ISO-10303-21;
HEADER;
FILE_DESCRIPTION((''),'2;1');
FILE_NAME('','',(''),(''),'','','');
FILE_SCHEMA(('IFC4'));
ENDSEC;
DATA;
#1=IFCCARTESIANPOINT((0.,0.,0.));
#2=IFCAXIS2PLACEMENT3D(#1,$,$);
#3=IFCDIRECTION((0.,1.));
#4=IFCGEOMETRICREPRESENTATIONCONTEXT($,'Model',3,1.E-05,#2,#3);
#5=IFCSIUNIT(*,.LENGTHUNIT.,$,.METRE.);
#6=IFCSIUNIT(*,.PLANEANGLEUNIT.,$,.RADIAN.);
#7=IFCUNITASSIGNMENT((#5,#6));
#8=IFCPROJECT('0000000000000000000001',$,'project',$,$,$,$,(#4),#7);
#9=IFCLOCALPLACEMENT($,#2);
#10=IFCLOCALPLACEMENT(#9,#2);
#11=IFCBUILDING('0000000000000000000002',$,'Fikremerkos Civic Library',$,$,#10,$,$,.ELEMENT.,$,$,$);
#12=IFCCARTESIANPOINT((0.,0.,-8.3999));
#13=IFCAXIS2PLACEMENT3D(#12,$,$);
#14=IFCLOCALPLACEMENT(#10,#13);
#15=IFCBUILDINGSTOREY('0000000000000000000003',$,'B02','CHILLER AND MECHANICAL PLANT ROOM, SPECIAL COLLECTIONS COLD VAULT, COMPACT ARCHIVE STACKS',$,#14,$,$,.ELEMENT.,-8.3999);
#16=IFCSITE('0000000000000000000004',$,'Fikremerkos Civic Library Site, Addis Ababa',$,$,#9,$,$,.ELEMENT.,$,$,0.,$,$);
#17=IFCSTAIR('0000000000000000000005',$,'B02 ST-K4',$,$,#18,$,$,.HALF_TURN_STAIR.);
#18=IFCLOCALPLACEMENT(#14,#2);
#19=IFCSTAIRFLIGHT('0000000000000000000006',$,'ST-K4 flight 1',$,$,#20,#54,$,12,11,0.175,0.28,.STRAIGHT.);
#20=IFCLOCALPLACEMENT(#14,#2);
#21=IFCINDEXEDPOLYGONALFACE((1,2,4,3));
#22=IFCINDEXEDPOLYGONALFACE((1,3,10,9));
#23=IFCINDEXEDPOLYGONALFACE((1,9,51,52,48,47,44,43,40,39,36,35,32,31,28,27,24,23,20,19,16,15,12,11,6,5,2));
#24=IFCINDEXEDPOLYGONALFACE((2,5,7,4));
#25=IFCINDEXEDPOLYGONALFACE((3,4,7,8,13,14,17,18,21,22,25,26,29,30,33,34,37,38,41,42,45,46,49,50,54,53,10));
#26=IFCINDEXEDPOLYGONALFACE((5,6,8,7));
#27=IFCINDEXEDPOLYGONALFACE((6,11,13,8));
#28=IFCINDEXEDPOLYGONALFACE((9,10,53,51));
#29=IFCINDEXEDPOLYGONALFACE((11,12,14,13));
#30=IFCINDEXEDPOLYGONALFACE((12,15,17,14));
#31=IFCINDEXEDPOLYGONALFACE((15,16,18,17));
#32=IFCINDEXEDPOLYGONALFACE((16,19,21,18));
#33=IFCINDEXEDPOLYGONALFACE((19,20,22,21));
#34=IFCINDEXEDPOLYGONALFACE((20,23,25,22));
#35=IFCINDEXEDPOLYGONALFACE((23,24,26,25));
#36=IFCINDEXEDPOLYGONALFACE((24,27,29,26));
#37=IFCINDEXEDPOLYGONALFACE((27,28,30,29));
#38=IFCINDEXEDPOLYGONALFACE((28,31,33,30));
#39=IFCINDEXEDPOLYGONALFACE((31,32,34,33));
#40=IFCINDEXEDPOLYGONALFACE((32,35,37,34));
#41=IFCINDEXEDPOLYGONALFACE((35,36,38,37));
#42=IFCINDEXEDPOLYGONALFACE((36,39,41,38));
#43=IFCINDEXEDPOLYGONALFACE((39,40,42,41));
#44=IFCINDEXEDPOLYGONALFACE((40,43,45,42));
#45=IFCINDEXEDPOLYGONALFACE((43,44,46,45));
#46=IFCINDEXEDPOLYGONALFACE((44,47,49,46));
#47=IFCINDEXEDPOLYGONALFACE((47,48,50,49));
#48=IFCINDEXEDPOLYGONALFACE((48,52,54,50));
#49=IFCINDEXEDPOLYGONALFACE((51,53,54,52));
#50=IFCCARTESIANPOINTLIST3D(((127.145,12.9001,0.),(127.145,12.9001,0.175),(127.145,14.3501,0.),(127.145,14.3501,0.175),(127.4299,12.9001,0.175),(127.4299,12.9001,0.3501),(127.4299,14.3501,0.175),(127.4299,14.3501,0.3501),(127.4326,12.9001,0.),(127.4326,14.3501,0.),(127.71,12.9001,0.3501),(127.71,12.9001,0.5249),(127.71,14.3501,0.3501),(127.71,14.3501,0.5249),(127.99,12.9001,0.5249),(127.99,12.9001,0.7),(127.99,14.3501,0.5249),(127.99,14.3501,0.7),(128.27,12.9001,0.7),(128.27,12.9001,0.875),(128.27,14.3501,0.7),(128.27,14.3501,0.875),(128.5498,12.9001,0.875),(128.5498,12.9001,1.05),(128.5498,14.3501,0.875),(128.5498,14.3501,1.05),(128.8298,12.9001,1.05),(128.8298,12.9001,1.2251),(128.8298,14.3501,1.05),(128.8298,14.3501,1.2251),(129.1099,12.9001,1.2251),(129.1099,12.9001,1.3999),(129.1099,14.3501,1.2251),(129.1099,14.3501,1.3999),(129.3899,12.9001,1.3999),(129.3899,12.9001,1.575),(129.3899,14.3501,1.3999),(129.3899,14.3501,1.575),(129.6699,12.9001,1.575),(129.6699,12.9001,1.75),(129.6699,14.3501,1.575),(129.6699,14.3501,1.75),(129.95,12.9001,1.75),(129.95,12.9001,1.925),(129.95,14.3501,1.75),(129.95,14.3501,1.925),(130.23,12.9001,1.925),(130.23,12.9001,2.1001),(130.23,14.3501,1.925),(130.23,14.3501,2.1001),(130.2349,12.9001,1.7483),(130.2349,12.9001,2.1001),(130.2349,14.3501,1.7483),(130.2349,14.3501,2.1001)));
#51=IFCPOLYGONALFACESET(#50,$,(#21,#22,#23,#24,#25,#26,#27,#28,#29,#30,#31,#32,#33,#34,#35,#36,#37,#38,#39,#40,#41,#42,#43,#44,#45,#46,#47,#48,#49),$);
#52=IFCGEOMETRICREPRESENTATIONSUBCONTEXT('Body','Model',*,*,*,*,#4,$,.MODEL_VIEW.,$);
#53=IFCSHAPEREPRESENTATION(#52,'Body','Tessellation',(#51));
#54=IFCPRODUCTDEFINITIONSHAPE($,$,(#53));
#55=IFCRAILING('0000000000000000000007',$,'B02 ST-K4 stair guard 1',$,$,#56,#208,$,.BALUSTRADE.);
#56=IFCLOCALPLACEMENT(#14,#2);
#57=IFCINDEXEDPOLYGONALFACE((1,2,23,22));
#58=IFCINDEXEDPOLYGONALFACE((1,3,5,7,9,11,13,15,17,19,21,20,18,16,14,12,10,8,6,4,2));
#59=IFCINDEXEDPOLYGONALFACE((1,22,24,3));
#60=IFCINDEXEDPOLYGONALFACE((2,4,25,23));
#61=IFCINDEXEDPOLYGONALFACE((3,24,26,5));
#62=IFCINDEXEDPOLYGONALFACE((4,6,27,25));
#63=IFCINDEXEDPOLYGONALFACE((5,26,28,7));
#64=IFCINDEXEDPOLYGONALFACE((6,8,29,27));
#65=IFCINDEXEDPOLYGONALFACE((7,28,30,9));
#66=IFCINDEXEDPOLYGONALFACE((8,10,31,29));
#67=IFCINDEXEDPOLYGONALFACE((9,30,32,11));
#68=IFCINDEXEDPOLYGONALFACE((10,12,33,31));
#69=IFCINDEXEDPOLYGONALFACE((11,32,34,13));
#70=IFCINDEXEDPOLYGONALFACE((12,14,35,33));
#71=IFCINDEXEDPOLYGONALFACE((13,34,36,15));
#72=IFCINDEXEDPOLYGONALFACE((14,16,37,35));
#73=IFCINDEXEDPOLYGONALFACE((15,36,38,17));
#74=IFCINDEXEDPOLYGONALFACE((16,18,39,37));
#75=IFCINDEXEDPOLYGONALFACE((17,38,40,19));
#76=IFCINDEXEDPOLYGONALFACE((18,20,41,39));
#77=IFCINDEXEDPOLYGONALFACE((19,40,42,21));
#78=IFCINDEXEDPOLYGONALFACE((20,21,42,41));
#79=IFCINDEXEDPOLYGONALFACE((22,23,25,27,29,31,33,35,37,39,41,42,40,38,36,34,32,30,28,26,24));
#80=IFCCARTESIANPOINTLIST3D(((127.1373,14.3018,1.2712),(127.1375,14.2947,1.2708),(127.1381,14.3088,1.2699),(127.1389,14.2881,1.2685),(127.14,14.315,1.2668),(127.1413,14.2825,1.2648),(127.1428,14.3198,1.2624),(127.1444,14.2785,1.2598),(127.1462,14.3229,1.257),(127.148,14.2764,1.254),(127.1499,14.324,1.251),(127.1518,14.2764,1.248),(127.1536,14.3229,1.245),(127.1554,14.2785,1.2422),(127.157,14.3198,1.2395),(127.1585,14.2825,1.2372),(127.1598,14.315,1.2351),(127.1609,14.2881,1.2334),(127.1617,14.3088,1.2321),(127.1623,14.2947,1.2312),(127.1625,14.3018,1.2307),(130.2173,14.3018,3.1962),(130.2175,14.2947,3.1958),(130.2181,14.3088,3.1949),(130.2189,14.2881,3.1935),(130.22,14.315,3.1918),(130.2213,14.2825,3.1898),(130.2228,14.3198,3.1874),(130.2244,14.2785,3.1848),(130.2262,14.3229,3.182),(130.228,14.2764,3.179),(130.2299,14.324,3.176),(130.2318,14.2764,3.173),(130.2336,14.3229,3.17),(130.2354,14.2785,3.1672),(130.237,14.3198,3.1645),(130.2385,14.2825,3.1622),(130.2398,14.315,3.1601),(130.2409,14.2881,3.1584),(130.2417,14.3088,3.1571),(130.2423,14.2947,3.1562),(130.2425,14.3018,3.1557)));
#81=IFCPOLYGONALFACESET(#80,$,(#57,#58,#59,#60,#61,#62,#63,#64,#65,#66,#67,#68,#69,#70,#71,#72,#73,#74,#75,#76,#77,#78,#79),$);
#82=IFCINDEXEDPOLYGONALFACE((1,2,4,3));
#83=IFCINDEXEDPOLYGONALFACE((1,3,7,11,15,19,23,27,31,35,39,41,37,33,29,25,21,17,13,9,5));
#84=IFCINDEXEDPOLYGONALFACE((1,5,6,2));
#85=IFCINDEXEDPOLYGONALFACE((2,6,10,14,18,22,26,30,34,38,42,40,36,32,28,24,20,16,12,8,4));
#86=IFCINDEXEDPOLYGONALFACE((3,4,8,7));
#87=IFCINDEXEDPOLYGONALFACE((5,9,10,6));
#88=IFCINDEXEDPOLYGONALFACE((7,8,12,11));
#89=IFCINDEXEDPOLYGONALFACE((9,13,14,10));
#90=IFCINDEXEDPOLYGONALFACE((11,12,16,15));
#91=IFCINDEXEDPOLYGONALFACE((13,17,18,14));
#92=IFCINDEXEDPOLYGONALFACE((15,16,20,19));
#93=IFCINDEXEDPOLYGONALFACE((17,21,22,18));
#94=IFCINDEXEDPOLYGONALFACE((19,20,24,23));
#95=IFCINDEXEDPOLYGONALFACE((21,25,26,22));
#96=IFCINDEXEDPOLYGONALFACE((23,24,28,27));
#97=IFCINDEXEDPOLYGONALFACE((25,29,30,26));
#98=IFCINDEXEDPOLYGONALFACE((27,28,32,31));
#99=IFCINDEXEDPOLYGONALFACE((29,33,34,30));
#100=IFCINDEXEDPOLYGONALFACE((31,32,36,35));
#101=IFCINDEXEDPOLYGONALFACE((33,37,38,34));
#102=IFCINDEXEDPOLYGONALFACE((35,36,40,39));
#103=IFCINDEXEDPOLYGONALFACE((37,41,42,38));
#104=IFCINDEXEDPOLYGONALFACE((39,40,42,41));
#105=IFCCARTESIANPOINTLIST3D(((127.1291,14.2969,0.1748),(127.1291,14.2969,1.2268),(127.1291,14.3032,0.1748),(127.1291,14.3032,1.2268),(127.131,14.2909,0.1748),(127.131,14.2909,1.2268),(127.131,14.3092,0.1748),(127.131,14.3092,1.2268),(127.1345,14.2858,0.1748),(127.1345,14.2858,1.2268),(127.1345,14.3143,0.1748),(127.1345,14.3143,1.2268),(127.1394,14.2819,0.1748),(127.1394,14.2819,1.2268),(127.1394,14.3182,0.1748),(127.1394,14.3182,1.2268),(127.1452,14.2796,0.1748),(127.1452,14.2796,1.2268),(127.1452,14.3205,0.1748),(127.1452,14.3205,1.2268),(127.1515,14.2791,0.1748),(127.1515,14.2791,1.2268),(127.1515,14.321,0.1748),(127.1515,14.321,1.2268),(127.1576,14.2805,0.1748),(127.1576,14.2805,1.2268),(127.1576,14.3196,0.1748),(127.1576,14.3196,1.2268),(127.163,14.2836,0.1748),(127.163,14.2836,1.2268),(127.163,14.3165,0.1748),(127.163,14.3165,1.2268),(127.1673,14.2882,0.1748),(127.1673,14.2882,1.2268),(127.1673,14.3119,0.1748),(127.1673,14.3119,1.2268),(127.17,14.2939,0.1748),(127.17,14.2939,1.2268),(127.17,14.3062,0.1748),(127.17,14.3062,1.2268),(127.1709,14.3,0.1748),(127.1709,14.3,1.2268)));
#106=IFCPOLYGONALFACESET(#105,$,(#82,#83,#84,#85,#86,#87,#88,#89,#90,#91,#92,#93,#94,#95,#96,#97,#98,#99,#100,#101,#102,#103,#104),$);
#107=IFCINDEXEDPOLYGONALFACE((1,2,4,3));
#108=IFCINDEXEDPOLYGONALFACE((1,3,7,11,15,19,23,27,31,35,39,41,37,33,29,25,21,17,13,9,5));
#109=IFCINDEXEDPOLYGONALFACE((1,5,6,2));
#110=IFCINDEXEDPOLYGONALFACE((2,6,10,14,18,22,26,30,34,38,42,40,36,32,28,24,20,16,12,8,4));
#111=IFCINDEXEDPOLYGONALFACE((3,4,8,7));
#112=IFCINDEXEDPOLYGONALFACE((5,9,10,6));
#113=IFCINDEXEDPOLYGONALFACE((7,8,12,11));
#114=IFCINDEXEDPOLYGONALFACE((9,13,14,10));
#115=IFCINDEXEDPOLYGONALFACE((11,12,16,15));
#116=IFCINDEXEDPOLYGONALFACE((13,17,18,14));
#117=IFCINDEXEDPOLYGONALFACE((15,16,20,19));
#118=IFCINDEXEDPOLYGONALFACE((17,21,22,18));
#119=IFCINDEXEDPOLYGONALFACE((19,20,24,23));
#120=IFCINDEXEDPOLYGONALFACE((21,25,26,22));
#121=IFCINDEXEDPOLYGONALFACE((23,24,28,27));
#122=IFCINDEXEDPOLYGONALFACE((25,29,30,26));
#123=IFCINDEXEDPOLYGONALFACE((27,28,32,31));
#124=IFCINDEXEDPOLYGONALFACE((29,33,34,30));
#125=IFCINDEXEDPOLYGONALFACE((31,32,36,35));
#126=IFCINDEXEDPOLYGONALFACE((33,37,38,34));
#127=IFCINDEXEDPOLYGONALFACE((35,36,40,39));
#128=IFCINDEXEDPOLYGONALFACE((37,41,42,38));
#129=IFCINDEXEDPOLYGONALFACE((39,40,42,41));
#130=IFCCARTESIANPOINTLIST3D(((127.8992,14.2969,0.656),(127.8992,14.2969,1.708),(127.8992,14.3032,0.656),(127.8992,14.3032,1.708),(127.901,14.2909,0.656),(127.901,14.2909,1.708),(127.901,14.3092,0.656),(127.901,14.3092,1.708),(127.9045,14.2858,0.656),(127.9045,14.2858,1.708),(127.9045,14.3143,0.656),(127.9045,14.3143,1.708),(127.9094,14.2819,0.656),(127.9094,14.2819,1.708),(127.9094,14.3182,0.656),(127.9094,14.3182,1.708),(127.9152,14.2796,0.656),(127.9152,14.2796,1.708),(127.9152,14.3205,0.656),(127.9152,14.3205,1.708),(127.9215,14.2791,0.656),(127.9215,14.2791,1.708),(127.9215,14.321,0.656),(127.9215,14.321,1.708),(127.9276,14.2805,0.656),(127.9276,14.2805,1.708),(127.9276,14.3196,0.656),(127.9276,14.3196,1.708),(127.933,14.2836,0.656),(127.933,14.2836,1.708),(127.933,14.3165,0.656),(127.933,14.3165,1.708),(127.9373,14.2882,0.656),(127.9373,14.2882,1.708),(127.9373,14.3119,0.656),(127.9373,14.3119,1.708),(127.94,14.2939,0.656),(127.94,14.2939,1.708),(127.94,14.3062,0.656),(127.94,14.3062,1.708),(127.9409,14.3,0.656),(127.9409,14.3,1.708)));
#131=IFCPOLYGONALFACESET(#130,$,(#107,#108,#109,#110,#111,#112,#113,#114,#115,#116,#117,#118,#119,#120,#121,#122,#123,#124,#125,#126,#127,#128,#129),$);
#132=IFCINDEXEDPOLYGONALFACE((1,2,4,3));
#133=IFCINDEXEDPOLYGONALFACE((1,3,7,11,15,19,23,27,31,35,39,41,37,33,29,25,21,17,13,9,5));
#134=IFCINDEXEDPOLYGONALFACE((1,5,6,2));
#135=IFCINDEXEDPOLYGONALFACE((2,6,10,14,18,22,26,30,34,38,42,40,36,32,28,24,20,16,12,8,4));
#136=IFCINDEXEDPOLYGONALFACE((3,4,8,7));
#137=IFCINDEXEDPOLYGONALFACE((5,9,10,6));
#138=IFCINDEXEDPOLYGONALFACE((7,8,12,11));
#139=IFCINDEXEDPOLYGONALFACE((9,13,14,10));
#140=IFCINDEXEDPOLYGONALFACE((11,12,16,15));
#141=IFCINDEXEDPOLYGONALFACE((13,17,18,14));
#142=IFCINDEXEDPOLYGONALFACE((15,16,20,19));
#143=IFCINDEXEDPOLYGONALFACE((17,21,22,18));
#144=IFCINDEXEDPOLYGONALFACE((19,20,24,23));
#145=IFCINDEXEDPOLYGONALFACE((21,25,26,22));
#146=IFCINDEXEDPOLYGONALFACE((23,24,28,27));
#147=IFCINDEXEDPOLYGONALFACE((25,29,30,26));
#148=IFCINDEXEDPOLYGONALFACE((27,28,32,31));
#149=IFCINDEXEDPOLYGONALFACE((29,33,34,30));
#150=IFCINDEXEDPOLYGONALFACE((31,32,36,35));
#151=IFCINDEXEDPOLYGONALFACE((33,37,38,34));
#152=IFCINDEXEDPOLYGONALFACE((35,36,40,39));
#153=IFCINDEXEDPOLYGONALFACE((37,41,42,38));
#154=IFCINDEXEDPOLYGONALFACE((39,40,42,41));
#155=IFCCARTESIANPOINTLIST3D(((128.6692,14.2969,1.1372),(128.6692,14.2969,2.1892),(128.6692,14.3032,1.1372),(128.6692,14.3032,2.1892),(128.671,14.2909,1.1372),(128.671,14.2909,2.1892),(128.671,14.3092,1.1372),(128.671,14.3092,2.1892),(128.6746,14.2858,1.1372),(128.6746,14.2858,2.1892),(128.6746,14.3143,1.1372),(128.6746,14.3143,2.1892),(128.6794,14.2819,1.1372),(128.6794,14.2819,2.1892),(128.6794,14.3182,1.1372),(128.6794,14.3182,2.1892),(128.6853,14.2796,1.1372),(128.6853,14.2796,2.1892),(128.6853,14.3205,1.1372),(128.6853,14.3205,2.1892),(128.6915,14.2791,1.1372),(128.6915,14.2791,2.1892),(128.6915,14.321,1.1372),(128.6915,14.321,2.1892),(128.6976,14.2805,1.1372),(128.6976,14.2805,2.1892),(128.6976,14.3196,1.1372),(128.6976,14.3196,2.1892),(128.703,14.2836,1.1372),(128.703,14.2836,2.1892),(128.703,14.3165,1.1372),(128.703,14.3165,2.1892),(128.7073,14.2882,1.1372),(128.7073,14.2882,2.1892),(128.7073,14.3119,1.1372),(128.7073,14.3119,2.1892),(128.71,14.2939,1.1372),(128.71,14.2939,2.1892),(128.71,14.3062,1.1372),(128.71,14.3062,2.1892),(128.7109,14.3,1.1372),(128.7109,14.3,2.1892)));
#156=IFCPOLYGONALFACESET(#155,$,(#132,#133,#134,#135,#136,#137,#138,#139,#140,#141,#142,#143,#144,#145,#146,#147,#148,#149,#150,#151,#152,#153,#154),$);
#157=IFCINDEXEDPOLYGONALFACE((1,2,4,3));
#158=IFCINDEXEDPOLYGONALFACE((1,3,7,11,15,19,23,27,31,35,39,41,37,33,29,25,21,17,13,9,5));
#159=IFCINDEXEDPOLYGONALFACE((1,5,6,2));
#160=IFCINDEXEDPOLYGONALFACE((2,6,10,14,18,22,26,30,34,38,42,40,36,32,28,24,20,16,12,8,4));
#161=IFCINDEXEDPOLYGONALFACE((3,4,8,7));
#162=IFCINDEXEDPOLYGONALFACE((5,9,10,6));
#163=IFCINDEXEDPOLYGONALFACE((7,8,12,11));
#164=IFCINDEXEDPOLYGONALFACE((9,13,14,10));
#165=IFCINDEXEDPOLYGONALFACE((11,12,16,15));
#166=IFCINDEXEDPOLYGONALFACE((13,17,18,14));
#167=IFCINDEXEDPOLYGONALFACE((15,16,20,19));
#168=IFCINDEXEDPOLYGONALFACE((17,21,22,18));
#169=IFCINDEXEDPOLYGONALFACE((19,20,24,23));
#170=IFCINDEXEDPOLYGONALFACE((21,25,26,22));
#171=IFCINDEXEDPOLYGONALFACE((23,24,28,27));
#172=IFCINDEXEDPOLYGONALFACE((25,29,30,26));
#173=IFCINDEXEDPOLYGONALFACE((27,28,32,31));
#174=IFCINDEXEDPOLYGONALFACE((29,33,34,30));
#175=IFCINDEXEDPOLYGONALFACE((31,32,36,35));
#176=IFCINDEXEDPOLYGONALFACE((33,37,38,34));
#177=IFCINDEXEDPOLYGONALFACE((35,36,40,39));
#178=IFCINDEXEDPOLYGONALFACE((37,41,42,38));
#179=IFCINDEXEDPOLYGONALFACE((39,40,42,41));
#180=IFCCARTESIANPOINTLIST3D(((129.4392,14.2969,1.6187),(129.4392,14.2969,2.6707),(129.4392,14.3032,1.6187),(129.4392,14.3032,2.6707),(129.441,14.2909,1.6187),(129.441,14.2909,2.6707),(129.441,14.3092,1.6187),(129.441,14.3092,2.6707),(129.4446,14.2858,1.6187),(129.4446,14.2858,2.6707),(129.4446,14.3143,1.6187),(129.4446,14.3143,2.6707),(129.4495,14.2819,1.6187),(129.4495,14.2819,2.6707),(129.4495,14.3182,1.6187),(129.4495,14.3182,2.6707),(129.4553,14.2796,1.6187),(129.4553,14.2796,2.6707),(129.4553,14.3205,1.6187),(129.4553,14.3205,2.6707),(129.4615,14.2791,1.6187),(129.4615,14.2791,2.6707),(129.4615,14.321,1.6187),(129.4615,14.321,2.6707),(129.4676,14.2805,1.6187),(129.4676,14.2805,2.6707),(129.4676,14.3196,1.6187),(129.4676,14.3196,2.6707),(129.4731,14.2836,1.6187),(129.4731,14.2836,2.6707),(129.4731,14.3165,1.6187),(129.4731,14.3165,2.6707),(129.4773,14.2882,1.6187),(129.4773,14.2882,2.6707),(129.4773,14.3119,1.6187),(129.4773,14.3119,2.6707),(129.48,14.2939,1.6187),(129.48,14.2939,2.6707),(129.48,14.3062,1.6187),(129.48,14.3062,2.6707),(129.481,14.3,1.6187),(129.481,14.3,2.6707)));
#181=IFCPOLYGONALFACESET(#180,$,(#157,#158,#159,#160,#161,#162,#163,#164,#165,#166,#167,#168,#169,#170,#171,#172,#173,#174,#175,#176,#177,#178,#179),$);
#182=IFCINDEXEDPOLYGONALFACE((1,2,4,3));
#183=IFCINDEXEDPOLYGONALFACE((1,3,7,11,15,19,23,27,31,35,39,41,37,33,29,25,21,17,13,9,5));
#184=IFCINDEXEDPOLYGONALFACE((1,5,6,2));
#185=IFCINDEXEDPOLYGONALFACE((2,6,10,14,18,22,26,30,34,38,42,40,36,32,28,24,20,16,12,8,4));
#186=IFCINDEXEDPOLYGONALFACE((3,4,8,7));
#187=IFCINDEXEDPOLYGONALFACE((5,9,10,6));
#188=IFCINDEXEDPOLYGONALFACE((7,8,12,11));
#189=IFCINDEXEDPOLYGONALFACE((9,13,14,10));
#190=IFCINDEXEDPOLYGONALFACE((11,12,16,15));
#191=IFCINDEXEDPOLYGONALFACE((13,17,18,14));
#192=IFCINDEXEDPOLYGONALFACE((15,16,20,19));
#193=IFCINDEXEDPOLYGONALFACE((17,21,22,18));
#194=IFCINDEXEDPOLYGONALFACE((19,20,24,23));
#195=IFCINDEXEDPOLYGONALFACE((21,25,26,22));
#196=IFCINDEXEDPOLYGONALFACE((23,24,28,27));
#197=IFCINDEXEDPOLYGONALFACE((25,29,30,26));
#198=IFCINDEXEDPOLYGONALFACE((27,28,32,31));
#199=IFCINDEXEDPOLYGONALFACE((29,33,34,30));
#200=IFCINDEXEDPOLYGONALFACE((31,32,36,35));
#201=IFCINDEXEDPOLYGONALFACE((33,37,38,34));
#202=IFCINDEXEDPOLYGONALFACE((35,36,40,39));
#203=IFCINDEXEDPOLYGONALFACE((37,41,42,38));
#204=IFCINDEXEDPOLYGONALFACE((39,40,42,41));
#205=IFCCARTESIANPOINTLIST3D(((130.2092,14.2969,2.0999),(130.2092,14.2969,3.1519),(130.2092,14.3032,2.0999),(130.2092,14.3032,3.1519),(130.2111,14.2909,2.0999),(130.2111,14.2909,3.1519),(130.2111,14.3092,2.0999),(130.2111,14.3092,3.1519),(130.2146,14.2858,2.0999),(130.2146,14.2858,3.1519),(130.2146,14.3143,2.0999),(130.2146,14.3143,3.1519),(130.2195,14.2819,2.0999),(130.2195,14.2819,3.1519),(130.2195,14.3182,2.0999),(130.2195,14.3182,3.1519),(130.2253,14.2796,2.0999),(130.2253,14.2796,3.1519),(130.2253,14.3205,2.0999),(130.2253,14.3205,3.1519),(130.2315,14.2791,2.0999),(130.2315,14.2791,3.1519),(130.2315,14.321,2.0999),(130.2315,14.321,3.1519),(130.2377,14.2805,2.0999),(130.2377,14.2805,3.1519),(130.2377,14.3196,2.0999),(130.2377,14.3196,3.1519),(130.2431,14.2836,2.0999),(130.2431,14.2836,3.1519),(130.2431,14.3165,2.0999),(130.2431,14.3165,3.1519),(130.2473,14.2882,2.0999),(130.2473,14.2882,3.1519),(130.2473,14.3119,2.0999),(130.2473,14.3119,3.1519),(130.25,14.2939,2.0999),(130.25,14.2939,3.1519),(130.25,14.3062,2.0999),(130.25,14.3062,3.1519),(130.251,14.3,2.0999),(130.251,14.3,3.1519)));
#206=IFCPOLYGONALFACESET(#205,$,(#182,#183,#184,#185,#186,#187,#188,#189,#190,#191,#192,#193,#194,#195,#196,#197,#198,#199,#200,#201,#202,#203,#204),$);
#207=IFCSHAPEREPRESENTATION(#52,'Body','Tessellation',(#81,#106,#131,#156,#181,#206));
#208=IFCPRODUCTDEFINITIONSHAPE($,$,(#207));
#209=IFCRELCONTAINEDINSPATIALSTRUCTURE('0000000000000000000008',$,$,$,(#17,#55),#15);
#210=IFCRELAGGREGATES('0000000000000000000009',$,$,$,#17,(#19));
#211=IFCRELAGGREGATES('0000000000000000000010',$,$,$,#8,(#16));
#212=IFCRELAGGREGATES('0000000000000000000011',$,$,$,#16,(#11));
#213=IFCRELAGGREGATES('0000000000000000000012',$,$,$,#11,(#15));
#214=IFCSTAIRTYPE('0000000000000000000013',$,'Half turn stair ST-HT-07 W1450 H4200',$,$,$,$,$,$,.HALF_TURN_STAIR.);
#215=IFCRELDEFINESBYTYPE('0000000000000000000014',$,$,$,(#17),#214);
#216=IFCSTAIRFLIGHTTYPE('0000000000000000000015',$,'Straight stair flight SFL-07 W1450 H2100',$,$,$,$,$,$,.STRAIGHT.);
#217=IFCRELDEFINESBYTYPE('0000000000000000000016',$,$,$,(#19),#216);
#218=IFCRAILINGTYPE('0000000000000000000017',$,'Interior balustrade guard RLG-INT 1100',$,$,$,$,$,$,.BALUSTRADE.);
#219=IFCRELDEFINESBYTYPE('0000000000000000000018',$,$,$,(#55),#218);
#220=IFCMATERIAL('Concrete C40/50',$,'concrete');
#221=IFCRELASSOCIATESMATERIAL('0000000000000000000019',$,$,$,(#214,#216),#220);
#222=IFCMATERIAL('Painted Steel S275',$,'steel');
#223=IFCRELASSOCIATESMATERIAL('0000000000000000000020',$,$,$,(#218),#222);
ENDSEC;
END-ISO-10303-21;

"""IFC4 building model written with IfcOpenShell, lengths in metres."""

from ifc_helpers import new_model, si_unit, direction, frame, origin, origin_2d, place, context, subcontext, project, spatial, polyline, circle, outline, extrude, material, type_object, element, aggregate, save


model = new_model("IFC4")

# Units and contexts
model_context = context("Model", 3, precision=1e-05, world=origin(), true_north=direction((0.0, 1.0)))
body_context = subcontext(model_context, "Body", "Model", "MODEL_VIEW")
ifc_project = project(units=[si_unit("LENGTHUNIT", "METRE"), si_unit("PLANEANGLEUNIT", "RADIAN")], contexts=[model_context])

# Site, building, storey
site_placement = place(None, origin())
site = spatial("IfcSite", under=ifc_project, at=site_placement, Name="Fikremerkos Civic Library Site, Addis Ababa", CompositionType="ELEMENT", RefElevation=0.0)
building_placement = place(site_placement, origin())
building = spatial("IfcBuilding", under=site, at=building_placement, Name="Fikremerkos Civic Library", CompositionType="ELEMENT")
storey_placement = place(building_placement, frame((0.0, 0.0, -8.3999)))
storey = spatial("IfcBuildingStorey", under=building, at=storey_placement, Name="B02", Description="CHILLER AND MECHANICAL PLANT ROOM, SPECIAL COLLECTIONS COLD VAULT, COMPACT ARCHIVE STACKS", CompositionType="ELEMENT", Elevation=-8.3999)

# Shared definitions
ifc_material_1 = material(Name="Concrete C40/50", Category="concrete")

# Stair, stair flight
stair_type = type_object("IfcStairType", Name="Half turn stair ST-HT-07 W1450 H4200", PredefinedType="HALF_TURN_STAIR", material=ifc_material_1)
stair_placement = place(storey_placement, origin())
stair = element("IfcStair", 1, at=stair_placement, inside=storey, type_object=stair_type, Name="B02 ST-K4", PredefinedType="HALF_TURN_STAIR")
stair_flight_type = type_object("IfcStairFlightType", Name="Straight stair flight SFL-07 W1450 H2100", PredefinedType="STRAIGHT", material=ifc_material_1)
stair_flight_placement = place(storey_placement, frame((127.1499, 13.625, 0.0), z_axis=(0.0, 0.0, 1.0), x_axis=(1.0, 0.0, 0.0)))
stair_flight = element("IfcStairFlight", 2, at=stair_flight_placement, type_object=stair_flight_type, Name="ST-K4 flight 1", NumberOfRisers=12, NumberOfTreads=11, PredefinedType="STRAIGHT", RiserHeight=0.175, TreadLength=0.28, context=body_context, shape_type="SweptSolid", body=[
    extrude(outline(polyline([(-0.0049, 0.0), (-0.0049, 0.175), (0.28, 0.175), (0.28, 0.3501), (0.5601, 0.3501), (0.5601, 0.5249), (0.8401, 0.5249), (0.8401, 0.7), (1.1201, 0.7), (1.1201, 0.875), (1.3999, 0.875), (1.3999, 1.05), (1.6799, 1.05), (1.6799, 1.2251), (1.96, 1.2251), (1.96, 1.3999), (2.24, 1.3999), (2.24, 1.575), (2.52, 1.575), (2.52, 1.75), (2.8, 1.75), (2.8, 1.925), (3.0801, 1.925), (3.0801, 2.1001), (3.085, 2.1001), (3.085, 1.7483), (0.2827, 0.0), (-0.0049, 0.0)])), frame((0.0, 0.7251, 0.0), z_axis=(0.0, -1.0, 0.0), x_axis=(1.0, 0.0, 0.0)), (0.0, 0.0, 1.0), 1.45),
])
aggregate(stair, [stair_flight])

# Railing
ifc_material_2 = material(Name="Painted Steel S275", Category="steel")
railing_type_1 = type_object("IfcRailingType", Name="Interior balustrade guard RLG-INT 1100", PredefinedType="BALUSTRADE", material=ifc_material_2)
railing_1_placement = place(storey_placement, frame((127.1499, 14.3, 0.1748)))
element("IfcRailing", 3, at=railing_1_placement, inside=storey, type_object=railing_type_1, Name="B02 ST-K4 stair guard 1", PredefinedType="BALUSTRADE", context=body_context, shape_type="SweptSolid", body=[
    extrude(circle(Radius=0.0239, at=origin_2d()), frame((0.0, 0.0, 1.0762), z_axis=(0.847998, 0.0, 0.529999), x_axis=(0.0, 1.0, 0.0)), (0.0, 0.0, 1.0), 3.6321),
    extrude(circle(Radius=0.021, at=origin_2d()), origin(), (0.0, 0.0, 1.0), 1.052),
    extrude(circle(Radius=0.021, at=origin_2d()), frame((0.77, 0.0, 0.4812)), (0.0, 0.0, 1.0), 1.052),
    extrude(circle(Radius=0.021, at=origin_2d()), frame((1.54, 0.0, 0.9624)), (0.0, 0.0, 1.0), 1.052),
    extrude(circle(Radius=0.021, at=origin_2d()), frame((2.3101, 0.0, 1.4438)), (0.0, 0.0, 1.0), 1.052),
    extrude(circle(Radius=0.021, at=origin_2d()), frame((3.0801, 0.0, 1.925)), (0.0, 0.0, 1.0), 1.052),
])

save(model, "model.ifc")
